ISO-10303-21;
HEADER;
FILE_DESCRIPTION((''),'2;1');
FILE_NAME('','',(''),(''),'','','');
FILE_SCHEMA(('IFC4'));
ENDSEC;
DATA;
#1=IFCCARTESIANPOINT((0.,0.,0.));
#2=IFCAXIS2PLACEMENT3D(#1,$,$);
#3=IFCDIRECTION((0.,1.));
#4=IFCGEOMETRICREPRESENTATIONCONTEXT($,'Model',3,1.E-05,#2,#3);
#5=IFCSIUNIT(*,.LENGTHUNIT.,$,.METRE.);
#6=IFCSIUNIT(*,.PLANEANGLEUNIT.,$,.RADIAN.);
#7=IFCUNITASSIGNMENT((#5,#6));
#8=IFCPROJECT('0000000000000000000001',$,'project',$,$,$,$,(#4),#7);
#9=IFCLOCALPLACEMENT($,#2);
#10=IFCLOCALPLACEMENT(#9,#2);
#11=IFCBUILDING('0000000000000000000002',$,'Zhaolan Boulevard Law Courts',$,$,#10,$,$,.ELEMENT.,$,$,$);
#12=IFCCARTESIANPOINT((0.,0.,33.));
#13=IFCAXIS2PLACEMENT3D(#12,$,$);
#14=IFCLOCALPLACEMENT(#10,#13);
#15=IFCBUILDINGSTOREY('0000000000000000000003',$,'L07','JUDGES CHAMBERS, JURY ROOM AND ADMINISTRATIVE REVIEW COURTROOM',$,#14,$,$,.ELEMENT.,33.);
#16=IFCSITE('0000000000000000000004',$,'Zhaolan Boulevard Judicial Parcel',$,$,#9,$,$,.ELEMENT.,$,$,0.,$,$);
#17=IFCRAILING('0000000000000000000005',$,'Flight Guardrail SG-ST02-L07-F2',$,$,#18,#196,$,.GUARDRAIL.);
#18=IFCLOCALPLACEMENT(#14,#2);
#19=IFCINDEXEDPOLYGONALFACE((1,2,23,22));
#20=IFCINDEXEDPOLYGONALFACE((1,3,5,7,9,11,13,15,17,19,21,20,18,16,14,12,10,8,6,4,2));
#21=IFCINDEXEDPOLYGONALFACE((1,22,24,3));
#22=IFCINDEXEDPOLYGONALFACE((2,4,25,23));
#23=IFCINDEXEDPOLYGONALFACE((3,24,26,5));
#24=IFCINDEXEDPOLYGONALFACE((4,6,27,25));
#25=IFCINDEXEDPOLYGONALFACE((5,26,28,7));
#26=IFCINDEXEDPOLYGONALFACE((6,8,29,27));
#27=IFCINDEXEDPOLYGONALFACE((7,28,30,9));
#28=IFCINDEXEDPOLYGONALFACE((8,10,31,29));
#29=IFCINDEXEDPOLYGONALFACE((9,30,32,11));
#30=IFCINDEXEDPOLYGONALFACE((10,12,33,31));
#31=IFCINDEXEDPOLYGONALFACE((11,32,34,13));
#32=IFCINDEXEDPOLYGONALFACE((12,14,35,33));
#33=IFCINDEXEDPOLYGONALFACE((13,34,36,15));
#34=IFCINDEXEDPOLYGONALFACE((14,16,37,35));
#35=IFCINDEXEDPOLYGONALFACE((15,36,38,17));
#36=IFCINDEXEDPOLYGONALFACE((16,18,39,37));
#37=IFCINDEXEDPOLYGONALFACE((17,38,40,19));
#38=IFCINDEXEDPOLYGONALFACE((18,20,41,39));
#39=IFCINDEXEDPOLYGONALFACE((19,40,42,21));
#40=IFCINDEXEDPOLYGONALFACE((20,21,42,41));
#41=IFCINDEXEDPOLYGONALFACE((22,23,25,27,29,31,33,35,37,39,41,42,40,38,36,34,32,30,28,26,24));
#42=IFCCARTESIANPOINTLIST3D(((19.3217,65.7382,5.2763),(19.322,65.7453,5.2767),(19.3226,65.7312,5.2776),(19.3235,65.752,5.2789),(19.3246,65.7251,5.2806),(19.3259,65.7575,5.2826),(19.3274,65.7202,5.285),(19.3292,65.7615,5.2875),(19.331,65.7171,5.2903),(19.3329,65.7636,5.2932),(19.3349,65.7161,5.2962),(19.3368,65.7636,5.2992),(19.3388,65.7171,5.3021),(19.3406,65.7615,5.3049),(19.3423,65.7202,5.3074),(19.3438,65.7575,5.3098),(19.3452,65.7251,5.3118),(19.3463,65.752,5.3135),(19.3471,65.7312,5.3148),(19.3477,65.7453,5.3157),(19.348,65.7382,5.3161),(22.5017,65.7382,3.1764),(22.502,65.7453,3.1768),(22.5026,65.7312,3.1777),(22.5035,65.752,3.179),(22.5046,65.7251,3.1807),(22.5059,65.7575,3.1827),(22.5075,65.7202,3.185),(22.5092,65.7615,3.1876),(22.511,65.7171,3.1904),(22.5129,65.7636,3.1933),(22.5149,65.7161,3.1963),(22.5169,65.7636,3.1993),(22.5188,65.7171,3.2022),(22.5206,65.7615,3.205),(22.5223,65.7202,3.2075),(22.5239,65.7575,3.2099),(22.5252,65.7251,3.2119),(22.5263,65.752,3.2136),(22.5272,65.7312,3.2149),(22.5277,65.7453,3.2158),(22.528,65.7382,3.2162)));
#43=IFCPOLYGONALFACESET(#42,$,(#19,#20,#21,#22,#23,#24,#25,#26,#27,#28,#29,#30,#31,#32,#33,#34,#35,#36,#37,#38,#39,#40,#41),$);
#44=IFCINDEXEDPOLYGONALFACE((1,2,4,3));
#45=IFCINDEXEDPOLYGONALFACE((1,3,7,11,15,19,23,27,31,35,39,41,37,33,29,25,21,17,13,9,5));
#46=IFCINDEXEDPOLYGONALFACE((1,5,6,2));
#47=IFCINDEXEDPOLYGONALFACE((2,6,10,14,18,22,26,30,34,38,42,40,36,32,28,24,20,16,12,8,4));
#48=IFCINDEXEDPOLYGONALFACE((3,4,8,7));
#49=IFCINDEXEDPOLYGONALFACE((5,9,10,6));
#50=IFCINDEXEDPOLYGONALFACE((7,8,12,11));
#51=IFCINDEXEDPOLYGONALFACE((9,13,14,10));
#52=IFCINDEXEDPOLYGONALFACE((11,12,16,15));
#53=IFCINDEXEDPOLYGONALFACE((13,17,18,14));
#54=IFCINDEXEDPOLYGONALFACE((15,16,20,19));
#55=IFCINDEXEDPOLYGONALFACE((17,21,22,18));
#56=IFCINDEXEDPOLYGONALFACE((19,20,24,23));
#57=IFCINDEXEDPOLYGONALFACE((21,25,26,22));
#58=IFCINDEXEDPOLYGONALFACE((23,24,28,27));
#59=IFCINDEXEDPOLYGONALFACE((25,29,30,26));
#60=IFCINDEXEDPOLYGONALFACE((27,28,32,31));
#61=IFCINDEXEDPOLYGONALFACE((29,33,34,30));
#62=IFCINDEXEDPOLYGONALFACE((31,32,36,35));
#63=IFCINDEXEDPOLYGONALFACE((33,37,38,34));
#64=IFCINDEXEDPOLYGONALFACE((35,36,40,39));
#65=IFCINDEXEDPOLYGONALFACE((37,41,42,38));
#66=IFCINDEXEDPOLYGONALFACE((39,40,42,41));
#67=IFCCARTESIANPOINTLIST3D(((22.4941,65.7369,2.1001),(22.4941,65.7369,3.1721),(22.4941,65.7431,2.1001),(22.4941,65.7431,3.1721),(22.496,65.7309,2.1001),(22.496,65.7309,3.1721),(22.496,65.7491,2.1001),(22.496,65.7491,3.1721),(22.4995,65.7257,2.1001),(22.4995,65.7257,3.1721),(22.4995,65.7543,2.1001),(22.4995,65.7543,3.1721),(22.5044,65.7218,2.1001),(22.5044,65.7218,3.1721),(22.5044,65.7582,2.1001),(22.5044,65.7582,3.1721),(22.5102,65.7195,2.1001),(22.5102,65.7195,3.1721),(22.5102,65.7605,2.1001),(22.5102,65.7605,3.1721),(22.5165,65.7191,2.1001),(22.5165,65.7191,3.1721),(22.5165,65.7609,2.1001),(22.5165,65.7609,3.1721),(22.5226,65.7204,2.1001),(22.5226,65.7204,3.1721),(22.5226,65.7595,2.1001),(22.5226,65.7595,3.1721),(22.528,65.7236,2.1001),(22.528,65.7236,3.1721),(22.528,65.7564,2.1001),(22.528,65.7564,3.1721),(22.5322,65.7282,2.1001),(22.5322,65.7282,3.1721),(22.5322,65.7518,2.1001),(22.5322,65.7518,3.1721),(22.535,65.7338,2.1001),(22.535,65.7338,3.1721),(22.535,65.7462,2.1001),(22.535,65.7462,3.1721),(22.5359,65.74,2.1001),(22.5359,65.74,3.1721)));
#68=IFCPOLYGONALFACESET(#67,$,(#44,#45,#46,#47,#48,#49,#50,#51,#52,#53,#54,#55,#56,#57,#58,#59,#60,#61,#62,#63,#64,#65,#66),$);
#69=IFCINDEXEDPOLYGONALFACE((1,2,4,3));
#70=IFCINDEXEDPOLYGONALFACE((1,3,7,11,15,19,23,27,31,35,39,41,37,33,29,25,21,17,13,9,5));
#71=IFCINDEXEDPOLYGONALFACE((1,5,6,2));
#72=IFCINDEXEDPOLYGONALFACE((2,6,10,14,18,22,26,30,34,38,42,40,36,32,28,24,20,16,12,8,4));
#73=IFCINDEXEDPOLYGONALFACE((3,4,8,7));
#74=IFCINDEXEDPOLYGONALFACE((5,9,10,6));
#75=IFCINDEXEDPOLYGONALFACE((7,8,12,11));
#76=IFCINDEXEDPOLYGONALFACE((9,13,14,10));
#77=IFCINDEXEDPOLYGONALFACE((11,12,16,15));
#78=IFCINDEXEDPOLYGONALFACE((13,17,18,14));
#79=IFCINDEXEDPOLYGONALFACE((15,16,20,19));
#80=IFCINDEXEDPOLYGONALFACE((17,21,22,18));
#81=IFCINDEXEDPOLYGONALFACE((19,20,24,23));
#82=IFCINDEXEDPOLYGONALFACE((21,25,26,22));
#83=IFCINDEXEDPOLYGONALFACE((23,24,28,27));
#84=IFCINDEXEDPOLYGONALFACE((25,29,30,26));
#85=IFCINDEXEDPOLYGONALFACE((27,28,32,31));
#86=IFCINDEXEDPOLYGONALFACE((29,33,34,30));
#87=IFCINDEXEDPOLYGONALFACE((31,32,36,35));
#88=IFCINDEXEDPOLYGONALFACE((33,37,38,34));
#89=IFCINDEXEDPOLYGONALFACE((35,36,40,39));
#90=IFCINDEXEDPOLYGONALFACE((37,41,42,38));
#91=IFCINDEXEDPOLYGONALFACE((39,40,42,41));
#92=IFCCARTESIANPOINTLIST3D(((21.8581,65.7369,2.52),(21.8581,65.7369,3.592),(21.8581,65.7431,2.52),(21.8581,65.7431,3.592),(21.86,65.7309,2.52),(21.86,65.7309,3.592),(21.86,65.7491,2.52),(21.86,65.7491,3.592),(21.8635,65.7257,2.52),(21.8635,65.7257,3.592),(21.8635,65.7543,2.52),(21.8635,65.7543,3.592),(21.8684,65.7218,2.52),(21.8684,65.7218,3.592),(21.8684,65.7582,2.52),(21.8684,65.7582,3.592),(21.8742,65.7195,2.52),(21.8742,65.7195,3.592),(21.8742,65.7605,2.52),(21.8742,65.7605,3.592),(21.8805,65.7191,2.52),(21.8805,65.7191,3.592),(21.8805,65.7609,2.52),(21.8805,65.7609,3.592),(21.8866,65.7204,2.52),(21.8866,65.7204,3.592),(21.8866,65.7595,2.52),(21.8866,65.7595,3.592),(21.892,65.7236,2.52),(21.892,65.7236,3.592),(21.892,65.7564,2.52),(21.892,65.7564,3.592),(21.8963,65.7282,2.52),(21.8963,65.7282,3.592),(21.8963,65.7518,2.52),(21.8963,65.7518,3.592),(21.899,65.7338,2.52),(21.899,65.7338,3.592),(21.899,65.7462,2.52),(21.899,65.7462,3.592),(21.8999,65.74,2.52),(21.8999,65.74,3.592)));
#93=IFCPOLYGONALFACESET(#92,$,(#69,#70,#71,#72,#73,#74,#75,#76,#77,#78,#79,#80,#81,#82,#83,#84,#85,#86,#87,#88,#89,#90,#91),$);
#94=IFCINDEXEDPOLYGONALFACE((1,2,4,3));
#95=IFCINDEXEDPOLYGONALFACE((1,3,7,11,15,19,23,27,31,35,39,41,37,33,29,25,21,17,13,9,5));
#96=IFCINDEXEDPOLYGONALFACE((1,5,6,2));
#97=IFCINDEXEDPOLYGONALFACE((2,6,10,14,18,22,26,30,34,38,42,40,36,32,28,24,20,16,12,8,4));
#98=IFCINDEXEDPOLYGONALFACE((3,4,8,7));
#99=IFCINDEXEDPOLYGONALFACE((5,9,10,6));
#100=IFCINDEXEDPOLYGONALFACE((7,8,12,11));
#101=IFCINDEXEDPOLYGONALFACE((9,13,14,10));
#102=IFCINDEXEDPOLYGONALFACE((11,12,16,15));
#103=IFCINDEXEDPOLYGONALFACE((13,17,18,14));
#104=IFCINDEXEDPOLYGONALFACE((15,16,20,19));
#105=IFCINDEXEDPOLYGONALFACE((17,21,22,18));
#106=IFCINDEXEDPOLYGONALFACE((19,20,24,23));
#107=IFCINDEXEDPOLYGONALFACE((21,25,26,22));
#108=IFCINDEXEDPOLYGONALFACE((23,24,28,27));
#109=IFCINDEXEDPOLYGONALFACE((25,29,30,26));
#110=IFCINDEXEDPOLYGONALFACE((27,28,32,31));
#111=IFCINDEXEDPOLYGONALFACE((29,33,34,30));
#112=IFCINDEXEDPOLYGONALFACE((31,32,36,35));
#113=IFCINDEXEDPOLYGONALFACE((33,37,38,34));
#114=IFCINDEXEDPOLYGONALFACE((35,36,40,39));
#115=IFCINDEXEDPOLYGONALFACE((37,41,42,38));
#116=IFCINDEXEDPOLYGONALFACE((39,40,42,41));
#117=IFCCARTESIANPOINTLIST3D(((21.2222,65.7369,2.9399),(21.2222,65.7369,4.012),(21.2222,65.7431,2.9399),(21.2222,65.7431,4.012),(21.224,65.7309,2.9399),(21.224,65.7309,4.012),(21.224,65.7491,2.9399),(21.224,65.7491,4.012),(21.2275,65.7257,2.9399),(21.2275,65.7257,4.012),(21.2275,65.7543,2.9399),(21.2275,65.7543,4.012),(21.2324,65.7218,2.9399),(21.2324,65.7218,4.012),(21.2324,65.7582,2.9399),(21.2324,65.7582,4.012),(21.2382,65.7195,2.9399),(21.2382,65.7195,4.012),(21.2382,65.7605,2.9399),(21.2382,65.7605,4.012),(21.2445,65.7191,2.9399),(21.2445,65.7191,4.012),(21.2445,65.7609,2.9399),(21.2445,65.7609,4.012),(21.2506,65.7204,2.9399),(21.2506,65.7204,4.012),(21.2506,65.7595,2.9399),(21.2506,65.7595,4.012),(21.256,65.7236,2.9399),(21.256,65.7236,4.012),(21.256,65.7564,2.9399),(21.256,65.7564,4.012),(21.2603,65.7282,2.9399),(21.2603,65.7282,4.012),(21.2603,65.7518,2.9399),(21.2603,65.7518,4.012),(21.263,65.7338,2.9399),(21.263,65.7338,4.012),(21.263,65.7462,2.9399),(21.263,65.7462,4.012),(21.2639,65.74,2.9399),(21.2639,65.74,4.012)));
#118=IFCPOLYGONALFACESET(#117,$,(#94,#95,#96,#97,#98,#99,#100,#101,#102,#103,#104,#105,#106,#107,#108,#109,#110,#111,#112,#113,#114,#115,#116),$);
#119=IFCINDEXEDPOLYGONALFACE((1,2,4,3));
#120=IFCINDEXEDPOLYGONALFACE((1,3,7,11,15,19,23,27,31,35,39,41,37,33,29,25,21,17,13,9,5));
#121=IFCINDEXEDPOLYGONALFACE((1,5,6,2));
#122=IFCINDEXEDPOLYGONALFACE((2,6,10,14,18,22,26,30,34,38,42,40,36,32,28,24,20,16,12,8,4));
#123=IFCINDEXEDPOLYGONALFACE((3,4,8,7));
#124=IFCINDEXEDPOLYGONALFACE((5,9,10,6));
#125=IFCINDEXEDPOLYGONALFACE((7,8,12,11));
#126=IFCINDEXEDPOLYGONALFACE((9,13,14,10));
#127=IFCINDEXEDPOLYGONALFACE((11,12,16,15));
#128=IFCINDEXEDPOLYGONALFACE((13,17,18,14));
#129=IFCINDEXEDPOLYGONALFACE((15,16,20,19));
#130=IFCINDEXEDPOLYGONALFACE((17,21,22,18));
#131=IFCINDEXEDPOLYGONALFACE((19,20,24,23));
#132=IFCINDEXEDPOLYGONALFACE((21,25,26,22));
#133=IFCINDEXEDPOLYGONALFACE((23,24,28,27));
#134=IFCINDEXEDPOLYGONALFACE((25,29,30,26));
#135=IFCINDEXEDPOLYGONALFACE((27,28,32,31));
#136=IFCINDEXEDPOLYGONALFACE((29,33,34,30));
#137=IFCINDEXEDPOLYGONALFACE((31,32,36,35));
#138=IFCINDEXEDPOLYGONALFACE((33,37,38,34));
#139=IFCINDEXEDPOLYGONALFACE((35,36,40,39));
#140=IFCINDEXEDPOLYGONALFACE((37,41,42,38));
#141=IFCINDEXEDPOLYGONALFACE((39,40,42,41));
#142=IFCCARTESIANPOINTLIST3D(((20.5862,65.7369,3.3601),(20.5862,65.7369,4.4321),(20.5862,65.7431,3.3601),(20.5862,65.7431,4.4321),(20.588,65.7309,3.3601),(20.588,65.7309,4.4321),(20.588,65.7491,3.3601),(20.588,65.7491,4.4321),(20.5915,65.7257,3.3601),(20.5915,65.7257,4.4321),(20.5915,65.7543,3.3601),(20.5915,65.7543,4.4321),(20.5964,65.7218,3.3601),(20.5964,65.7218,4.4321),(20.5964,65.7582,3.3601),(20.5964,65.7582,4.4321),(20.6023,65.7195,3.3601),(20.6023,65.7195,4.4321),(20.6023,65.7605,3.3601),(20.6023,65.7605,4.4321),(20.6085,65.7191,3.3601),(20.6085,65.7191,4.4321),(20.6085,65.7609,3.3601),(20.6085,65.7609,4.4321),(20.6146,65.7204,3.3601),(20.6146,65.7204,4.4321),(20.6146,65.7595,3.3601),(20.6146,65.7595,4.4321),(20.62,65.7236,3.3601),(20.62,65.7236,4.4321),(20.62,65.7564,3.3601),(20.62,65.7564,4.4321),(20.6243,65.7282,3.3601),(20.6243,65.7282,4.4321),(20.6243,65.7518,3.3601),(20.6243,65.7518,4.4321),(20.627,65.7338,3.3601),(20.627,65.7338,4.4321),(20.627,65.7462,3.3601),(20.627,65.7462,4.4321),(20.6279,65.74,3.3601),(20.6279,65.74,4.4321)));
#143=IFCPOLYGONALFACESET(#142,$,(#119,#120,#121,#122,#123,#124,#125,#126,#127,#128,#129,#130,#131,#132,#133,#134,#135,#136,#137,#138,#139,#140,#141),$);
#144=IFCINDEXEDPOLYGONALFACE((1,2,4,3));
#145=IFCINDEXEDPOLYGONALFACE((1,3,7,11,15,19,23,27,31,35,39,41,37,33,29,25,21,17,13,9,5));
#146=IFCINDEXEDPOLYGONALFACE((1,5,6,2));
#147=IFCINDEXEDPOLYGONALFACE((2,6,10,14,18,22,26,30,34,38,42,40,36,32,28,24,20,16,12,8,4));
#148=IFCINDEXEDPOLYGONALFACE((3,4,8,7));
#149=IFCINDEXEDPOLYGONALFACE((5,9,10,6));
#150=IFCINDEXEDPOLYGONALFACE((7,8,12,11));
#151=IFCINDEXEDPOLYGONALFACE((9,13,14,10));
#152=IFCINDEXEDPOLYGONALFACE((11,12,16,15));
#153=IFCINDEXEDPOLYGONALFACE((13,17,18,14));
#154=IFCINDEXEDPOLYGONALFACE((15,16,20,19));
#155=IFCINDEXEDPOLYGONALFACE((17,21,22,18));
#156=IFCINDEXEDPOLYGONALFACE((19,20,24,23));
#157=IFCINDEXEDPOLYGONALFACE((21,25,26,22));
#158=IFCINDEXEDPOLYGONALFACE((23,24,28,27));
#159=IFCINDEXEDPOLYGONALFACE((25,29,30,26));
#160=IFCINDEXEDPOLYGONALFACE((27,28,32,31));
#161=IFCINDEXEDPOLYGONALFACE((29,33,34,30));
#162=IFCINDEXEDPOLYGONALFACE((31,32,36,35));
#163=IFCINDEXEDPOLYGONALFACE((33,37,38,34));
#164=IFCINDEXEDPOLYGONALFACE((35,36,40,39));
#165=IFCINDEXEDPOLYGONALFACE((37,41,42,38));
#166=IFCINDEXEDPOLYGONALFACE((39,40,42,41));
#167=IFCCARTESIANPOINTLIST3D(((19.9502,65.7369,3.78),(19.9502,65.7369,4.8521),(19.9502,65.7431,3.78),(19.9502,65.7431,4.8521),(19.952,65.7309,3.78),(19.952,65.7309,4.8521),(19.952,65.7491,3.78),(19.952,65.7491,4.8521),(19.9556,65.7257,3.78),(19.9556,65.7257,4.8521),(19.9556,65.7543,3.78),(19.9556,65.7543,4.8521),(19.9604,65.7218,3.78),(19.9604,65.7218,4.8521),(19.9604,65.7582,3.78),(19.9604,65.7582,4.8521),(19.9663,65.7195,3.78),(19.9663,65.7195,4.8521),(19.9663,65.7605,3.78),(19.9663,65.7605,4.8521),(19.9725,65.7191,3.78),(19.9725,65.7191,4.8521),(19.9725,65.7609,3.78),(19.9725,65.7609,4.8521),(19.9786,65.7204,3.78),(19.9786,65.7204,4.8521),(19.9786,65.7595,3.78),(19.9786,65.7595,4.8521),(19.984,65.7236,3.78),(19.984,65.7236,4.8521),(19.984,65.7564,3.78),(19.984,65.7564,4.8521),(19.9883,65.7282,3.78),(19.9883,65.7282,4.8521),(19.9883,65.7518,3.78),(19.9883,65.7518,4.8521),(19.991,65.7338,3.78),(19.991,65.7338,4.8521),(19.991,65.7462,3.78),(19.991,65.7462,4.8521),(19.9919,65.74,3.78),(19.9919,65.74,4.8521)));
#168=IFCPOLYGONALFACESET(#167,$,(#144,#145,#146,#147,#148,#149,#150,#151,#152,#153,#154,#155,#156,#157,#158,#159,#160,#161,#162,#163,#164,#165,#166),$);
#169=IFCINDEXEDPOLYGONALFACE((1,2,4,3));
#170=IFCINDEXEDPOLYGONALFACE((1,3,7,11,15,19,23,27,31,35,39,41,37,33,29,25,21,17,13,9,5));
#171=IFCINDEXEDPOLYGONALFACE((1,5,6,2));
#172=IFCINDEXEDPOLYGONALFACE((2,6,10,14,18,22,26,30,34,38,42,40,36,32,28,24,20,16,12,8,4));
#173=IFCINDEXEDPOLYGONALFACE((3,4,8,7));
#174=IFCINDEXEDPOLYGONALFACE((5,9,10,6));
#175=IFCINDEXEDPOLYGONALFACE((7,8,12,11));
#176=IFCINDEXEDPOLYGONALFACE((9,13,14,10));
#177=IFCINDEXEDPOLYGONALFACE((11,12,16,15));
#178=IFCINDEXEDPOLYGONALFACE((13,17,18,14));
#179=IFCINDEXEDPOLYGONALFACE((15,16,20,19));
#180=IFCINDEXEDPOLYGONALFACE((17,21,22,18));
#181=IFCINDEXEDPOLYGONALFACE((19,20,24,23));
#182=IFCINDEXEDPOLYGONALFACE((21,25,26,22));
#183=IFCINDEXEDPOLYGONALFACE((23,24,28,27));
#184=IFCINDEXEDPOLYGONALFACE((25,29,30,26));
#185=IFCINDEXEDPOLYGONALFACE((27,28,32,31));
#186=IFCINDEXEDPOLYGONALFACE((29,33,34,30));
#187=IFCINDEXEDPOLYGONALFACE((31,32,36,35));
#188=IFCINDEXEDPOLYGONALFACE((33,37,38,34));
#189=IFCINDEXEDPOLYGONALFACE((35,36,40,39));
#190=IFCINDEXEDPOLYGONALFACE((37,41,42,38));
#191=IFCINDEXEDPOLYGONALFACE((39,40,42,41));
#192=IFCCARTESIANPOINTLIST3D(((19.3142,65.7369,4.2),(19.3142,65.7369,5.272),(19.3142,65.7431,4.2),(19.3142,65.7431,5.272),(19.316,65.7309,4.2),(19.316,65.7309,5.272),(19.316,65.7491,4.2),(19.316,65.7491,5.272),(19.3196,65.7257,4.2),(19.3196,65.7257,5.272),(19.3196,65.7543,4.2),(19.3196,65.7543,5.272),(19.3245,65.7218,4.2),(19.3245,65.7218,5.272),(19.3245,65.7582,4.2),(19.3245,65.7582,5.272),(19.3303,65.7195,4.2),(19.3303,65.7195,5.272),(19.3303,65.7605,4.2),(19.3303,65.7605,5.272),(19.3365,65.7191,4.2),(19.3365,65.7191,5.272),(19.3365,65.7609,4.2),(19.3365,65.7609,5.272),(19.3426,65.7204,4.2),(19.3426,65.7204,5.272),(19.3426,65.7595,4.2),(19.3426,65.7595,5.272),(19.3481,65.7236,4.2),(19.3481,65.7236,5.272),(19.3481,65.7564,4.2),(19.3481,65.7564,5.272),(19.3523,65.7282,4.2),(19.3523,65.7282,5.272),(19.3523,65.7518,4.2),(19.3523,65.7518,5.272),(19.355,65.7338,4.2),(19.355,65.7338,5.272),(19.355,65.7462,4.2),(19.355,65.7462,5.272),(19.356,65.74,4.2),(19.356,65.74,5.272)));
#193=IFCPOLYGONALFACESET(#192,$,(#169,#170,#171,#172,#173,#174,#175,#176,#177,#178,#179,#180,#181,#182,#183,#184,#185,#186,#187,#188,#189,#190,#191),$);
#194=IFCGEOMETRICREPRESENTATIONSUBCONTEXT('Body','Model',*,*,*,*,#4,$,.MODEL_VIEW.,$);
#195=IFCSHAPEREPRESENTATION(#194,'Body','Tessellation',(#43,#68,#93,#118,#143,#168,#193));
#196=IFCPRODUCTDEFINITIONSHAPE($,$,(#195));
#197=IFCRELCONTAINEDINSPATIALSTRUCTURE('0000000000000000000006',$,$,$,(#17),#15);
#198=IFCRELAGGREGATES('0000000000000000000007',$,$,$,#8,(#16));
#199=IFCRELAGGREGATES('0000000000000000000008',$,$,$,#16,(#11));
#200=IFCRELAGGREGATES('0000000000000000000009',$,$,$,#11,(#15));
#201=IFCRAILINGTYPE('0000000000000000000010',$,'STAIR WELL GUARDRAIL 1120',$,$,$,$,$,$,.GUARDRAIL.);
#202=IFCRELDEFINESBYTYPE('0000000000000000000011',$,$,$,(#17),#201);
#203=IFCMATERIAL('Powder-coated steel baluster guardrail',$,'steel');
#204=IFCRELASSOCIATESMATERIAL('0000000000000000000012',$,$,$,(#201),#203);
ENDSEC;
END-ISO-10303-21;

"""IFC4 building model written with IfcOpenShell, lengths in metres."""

from ifc_helpers import new_model, si_unit, direction, frame, origin, origin_2d, place, context, subcontext, project, spatial, circle, extrude, material, type_object, element, save


model = new_model("IFC4")

# Units and contexts
model_context = context("Model", 3, precision=1e-05, world=origin(), true_north=direction((0.0, 1.0)))
body_context = subcontext(model_context, "Body", "Model", "MODEL_VIEW")
ifc_project = project(units=[si_unit("LENGTHUNIT", "METRE"), si_unit("PLANEANGLEUNIT", "RADIAN")], contexts=[model_context])

# Site, building, storey
site_placement = place(None, origin())
site = spatial("IfcSite", under=ifc_project, at=site_placement, Name="Zhaolan Boulevard Judicial Parcel", CompositionType="ELEMENT", RefElevation=0.0)
building_placement = place(site_placement, origin())
building = spatial("IfcBuilding", under=site, at=building_placement, Name="Zhaolan Boulevard Law Courts", CompositionType="ELEMENT")
storey_placement = place(building_placement, frame((0.0, 0.0, 33.0)))
storey = spatial("IfcBuildingStorey", under=building, at=storey_placement, Name="L07", Description="JUDGES CHAMBERS, JURY ROOM AND ADMINISTRATIVE REVIEW COURTROOM", CompositionType="ELEMENT", Elevation=33.0)

# Railing
ifc_material_1 = material(Name="Powder-coated steel baluster guardrail", Category="steel")
railing_type_1 = type_object("IfcRailingType", Name="STAIR WELL GUARDRAIL 1120", PredefinedType="GUARDRAIL", material=ifc_material_1)
railing_1_placement = place(storey_placement, frame((22.5149, 65.74, 2.1001)))
element("IfcRailing", 1, at=railing_1_placement, inside=storey, type_object=railing_type_1, Name="Flight Guardrail SG-ST02-L07-F2", PredefinedType="GUARDRAIL", context=body_context, shape_type="SweptSolid", body=[
    extrude(circle(Radius=0.0239, at=origin_2d()), frame((0.0, 0.0, 1.0962), z_axis=(-0.834477, 0.0, 0.551043), x_axis=(0.0, -1.0, 0.0)), (0.0, 0.0, 1.0), 3.8108),
    extrude(circle(Radius=0.021, at=origin_2d()), origin(), (0.0, 0.0, 1.0), 1.072),
    extrude(circle(Radius=0.021, at=origin_2d()), frame((-0.636, 0.0, 0.4199)), (0.0, 0.0, 1.0), 1.072),
    extrude(circle(Radius=0.021, at=origin_2d()), frame((-1.272, 0.0, 0.8398)), (0.0, 0.0, 1.0), 1.072),
    extrude(circle(Radius=0.021, at=origin_2d()), frame((-1.908, 0.0, 1.26)), (0.0, 0.0, 1.0), 1.072),
    extrude(circle(Radius=0.021, at=origin_2d()), frame((-2.5439, 0.0, 1.6799)), (0.0, 0.0, 1.0), 1.072),
    extrude(circle(Radius=0.021, at=origin_2d()), frame((-3.1799, 0.0, 2.0999)), (0.0, 0.0, 1.0), 1.072),
])

save(model, "model.ifc")
